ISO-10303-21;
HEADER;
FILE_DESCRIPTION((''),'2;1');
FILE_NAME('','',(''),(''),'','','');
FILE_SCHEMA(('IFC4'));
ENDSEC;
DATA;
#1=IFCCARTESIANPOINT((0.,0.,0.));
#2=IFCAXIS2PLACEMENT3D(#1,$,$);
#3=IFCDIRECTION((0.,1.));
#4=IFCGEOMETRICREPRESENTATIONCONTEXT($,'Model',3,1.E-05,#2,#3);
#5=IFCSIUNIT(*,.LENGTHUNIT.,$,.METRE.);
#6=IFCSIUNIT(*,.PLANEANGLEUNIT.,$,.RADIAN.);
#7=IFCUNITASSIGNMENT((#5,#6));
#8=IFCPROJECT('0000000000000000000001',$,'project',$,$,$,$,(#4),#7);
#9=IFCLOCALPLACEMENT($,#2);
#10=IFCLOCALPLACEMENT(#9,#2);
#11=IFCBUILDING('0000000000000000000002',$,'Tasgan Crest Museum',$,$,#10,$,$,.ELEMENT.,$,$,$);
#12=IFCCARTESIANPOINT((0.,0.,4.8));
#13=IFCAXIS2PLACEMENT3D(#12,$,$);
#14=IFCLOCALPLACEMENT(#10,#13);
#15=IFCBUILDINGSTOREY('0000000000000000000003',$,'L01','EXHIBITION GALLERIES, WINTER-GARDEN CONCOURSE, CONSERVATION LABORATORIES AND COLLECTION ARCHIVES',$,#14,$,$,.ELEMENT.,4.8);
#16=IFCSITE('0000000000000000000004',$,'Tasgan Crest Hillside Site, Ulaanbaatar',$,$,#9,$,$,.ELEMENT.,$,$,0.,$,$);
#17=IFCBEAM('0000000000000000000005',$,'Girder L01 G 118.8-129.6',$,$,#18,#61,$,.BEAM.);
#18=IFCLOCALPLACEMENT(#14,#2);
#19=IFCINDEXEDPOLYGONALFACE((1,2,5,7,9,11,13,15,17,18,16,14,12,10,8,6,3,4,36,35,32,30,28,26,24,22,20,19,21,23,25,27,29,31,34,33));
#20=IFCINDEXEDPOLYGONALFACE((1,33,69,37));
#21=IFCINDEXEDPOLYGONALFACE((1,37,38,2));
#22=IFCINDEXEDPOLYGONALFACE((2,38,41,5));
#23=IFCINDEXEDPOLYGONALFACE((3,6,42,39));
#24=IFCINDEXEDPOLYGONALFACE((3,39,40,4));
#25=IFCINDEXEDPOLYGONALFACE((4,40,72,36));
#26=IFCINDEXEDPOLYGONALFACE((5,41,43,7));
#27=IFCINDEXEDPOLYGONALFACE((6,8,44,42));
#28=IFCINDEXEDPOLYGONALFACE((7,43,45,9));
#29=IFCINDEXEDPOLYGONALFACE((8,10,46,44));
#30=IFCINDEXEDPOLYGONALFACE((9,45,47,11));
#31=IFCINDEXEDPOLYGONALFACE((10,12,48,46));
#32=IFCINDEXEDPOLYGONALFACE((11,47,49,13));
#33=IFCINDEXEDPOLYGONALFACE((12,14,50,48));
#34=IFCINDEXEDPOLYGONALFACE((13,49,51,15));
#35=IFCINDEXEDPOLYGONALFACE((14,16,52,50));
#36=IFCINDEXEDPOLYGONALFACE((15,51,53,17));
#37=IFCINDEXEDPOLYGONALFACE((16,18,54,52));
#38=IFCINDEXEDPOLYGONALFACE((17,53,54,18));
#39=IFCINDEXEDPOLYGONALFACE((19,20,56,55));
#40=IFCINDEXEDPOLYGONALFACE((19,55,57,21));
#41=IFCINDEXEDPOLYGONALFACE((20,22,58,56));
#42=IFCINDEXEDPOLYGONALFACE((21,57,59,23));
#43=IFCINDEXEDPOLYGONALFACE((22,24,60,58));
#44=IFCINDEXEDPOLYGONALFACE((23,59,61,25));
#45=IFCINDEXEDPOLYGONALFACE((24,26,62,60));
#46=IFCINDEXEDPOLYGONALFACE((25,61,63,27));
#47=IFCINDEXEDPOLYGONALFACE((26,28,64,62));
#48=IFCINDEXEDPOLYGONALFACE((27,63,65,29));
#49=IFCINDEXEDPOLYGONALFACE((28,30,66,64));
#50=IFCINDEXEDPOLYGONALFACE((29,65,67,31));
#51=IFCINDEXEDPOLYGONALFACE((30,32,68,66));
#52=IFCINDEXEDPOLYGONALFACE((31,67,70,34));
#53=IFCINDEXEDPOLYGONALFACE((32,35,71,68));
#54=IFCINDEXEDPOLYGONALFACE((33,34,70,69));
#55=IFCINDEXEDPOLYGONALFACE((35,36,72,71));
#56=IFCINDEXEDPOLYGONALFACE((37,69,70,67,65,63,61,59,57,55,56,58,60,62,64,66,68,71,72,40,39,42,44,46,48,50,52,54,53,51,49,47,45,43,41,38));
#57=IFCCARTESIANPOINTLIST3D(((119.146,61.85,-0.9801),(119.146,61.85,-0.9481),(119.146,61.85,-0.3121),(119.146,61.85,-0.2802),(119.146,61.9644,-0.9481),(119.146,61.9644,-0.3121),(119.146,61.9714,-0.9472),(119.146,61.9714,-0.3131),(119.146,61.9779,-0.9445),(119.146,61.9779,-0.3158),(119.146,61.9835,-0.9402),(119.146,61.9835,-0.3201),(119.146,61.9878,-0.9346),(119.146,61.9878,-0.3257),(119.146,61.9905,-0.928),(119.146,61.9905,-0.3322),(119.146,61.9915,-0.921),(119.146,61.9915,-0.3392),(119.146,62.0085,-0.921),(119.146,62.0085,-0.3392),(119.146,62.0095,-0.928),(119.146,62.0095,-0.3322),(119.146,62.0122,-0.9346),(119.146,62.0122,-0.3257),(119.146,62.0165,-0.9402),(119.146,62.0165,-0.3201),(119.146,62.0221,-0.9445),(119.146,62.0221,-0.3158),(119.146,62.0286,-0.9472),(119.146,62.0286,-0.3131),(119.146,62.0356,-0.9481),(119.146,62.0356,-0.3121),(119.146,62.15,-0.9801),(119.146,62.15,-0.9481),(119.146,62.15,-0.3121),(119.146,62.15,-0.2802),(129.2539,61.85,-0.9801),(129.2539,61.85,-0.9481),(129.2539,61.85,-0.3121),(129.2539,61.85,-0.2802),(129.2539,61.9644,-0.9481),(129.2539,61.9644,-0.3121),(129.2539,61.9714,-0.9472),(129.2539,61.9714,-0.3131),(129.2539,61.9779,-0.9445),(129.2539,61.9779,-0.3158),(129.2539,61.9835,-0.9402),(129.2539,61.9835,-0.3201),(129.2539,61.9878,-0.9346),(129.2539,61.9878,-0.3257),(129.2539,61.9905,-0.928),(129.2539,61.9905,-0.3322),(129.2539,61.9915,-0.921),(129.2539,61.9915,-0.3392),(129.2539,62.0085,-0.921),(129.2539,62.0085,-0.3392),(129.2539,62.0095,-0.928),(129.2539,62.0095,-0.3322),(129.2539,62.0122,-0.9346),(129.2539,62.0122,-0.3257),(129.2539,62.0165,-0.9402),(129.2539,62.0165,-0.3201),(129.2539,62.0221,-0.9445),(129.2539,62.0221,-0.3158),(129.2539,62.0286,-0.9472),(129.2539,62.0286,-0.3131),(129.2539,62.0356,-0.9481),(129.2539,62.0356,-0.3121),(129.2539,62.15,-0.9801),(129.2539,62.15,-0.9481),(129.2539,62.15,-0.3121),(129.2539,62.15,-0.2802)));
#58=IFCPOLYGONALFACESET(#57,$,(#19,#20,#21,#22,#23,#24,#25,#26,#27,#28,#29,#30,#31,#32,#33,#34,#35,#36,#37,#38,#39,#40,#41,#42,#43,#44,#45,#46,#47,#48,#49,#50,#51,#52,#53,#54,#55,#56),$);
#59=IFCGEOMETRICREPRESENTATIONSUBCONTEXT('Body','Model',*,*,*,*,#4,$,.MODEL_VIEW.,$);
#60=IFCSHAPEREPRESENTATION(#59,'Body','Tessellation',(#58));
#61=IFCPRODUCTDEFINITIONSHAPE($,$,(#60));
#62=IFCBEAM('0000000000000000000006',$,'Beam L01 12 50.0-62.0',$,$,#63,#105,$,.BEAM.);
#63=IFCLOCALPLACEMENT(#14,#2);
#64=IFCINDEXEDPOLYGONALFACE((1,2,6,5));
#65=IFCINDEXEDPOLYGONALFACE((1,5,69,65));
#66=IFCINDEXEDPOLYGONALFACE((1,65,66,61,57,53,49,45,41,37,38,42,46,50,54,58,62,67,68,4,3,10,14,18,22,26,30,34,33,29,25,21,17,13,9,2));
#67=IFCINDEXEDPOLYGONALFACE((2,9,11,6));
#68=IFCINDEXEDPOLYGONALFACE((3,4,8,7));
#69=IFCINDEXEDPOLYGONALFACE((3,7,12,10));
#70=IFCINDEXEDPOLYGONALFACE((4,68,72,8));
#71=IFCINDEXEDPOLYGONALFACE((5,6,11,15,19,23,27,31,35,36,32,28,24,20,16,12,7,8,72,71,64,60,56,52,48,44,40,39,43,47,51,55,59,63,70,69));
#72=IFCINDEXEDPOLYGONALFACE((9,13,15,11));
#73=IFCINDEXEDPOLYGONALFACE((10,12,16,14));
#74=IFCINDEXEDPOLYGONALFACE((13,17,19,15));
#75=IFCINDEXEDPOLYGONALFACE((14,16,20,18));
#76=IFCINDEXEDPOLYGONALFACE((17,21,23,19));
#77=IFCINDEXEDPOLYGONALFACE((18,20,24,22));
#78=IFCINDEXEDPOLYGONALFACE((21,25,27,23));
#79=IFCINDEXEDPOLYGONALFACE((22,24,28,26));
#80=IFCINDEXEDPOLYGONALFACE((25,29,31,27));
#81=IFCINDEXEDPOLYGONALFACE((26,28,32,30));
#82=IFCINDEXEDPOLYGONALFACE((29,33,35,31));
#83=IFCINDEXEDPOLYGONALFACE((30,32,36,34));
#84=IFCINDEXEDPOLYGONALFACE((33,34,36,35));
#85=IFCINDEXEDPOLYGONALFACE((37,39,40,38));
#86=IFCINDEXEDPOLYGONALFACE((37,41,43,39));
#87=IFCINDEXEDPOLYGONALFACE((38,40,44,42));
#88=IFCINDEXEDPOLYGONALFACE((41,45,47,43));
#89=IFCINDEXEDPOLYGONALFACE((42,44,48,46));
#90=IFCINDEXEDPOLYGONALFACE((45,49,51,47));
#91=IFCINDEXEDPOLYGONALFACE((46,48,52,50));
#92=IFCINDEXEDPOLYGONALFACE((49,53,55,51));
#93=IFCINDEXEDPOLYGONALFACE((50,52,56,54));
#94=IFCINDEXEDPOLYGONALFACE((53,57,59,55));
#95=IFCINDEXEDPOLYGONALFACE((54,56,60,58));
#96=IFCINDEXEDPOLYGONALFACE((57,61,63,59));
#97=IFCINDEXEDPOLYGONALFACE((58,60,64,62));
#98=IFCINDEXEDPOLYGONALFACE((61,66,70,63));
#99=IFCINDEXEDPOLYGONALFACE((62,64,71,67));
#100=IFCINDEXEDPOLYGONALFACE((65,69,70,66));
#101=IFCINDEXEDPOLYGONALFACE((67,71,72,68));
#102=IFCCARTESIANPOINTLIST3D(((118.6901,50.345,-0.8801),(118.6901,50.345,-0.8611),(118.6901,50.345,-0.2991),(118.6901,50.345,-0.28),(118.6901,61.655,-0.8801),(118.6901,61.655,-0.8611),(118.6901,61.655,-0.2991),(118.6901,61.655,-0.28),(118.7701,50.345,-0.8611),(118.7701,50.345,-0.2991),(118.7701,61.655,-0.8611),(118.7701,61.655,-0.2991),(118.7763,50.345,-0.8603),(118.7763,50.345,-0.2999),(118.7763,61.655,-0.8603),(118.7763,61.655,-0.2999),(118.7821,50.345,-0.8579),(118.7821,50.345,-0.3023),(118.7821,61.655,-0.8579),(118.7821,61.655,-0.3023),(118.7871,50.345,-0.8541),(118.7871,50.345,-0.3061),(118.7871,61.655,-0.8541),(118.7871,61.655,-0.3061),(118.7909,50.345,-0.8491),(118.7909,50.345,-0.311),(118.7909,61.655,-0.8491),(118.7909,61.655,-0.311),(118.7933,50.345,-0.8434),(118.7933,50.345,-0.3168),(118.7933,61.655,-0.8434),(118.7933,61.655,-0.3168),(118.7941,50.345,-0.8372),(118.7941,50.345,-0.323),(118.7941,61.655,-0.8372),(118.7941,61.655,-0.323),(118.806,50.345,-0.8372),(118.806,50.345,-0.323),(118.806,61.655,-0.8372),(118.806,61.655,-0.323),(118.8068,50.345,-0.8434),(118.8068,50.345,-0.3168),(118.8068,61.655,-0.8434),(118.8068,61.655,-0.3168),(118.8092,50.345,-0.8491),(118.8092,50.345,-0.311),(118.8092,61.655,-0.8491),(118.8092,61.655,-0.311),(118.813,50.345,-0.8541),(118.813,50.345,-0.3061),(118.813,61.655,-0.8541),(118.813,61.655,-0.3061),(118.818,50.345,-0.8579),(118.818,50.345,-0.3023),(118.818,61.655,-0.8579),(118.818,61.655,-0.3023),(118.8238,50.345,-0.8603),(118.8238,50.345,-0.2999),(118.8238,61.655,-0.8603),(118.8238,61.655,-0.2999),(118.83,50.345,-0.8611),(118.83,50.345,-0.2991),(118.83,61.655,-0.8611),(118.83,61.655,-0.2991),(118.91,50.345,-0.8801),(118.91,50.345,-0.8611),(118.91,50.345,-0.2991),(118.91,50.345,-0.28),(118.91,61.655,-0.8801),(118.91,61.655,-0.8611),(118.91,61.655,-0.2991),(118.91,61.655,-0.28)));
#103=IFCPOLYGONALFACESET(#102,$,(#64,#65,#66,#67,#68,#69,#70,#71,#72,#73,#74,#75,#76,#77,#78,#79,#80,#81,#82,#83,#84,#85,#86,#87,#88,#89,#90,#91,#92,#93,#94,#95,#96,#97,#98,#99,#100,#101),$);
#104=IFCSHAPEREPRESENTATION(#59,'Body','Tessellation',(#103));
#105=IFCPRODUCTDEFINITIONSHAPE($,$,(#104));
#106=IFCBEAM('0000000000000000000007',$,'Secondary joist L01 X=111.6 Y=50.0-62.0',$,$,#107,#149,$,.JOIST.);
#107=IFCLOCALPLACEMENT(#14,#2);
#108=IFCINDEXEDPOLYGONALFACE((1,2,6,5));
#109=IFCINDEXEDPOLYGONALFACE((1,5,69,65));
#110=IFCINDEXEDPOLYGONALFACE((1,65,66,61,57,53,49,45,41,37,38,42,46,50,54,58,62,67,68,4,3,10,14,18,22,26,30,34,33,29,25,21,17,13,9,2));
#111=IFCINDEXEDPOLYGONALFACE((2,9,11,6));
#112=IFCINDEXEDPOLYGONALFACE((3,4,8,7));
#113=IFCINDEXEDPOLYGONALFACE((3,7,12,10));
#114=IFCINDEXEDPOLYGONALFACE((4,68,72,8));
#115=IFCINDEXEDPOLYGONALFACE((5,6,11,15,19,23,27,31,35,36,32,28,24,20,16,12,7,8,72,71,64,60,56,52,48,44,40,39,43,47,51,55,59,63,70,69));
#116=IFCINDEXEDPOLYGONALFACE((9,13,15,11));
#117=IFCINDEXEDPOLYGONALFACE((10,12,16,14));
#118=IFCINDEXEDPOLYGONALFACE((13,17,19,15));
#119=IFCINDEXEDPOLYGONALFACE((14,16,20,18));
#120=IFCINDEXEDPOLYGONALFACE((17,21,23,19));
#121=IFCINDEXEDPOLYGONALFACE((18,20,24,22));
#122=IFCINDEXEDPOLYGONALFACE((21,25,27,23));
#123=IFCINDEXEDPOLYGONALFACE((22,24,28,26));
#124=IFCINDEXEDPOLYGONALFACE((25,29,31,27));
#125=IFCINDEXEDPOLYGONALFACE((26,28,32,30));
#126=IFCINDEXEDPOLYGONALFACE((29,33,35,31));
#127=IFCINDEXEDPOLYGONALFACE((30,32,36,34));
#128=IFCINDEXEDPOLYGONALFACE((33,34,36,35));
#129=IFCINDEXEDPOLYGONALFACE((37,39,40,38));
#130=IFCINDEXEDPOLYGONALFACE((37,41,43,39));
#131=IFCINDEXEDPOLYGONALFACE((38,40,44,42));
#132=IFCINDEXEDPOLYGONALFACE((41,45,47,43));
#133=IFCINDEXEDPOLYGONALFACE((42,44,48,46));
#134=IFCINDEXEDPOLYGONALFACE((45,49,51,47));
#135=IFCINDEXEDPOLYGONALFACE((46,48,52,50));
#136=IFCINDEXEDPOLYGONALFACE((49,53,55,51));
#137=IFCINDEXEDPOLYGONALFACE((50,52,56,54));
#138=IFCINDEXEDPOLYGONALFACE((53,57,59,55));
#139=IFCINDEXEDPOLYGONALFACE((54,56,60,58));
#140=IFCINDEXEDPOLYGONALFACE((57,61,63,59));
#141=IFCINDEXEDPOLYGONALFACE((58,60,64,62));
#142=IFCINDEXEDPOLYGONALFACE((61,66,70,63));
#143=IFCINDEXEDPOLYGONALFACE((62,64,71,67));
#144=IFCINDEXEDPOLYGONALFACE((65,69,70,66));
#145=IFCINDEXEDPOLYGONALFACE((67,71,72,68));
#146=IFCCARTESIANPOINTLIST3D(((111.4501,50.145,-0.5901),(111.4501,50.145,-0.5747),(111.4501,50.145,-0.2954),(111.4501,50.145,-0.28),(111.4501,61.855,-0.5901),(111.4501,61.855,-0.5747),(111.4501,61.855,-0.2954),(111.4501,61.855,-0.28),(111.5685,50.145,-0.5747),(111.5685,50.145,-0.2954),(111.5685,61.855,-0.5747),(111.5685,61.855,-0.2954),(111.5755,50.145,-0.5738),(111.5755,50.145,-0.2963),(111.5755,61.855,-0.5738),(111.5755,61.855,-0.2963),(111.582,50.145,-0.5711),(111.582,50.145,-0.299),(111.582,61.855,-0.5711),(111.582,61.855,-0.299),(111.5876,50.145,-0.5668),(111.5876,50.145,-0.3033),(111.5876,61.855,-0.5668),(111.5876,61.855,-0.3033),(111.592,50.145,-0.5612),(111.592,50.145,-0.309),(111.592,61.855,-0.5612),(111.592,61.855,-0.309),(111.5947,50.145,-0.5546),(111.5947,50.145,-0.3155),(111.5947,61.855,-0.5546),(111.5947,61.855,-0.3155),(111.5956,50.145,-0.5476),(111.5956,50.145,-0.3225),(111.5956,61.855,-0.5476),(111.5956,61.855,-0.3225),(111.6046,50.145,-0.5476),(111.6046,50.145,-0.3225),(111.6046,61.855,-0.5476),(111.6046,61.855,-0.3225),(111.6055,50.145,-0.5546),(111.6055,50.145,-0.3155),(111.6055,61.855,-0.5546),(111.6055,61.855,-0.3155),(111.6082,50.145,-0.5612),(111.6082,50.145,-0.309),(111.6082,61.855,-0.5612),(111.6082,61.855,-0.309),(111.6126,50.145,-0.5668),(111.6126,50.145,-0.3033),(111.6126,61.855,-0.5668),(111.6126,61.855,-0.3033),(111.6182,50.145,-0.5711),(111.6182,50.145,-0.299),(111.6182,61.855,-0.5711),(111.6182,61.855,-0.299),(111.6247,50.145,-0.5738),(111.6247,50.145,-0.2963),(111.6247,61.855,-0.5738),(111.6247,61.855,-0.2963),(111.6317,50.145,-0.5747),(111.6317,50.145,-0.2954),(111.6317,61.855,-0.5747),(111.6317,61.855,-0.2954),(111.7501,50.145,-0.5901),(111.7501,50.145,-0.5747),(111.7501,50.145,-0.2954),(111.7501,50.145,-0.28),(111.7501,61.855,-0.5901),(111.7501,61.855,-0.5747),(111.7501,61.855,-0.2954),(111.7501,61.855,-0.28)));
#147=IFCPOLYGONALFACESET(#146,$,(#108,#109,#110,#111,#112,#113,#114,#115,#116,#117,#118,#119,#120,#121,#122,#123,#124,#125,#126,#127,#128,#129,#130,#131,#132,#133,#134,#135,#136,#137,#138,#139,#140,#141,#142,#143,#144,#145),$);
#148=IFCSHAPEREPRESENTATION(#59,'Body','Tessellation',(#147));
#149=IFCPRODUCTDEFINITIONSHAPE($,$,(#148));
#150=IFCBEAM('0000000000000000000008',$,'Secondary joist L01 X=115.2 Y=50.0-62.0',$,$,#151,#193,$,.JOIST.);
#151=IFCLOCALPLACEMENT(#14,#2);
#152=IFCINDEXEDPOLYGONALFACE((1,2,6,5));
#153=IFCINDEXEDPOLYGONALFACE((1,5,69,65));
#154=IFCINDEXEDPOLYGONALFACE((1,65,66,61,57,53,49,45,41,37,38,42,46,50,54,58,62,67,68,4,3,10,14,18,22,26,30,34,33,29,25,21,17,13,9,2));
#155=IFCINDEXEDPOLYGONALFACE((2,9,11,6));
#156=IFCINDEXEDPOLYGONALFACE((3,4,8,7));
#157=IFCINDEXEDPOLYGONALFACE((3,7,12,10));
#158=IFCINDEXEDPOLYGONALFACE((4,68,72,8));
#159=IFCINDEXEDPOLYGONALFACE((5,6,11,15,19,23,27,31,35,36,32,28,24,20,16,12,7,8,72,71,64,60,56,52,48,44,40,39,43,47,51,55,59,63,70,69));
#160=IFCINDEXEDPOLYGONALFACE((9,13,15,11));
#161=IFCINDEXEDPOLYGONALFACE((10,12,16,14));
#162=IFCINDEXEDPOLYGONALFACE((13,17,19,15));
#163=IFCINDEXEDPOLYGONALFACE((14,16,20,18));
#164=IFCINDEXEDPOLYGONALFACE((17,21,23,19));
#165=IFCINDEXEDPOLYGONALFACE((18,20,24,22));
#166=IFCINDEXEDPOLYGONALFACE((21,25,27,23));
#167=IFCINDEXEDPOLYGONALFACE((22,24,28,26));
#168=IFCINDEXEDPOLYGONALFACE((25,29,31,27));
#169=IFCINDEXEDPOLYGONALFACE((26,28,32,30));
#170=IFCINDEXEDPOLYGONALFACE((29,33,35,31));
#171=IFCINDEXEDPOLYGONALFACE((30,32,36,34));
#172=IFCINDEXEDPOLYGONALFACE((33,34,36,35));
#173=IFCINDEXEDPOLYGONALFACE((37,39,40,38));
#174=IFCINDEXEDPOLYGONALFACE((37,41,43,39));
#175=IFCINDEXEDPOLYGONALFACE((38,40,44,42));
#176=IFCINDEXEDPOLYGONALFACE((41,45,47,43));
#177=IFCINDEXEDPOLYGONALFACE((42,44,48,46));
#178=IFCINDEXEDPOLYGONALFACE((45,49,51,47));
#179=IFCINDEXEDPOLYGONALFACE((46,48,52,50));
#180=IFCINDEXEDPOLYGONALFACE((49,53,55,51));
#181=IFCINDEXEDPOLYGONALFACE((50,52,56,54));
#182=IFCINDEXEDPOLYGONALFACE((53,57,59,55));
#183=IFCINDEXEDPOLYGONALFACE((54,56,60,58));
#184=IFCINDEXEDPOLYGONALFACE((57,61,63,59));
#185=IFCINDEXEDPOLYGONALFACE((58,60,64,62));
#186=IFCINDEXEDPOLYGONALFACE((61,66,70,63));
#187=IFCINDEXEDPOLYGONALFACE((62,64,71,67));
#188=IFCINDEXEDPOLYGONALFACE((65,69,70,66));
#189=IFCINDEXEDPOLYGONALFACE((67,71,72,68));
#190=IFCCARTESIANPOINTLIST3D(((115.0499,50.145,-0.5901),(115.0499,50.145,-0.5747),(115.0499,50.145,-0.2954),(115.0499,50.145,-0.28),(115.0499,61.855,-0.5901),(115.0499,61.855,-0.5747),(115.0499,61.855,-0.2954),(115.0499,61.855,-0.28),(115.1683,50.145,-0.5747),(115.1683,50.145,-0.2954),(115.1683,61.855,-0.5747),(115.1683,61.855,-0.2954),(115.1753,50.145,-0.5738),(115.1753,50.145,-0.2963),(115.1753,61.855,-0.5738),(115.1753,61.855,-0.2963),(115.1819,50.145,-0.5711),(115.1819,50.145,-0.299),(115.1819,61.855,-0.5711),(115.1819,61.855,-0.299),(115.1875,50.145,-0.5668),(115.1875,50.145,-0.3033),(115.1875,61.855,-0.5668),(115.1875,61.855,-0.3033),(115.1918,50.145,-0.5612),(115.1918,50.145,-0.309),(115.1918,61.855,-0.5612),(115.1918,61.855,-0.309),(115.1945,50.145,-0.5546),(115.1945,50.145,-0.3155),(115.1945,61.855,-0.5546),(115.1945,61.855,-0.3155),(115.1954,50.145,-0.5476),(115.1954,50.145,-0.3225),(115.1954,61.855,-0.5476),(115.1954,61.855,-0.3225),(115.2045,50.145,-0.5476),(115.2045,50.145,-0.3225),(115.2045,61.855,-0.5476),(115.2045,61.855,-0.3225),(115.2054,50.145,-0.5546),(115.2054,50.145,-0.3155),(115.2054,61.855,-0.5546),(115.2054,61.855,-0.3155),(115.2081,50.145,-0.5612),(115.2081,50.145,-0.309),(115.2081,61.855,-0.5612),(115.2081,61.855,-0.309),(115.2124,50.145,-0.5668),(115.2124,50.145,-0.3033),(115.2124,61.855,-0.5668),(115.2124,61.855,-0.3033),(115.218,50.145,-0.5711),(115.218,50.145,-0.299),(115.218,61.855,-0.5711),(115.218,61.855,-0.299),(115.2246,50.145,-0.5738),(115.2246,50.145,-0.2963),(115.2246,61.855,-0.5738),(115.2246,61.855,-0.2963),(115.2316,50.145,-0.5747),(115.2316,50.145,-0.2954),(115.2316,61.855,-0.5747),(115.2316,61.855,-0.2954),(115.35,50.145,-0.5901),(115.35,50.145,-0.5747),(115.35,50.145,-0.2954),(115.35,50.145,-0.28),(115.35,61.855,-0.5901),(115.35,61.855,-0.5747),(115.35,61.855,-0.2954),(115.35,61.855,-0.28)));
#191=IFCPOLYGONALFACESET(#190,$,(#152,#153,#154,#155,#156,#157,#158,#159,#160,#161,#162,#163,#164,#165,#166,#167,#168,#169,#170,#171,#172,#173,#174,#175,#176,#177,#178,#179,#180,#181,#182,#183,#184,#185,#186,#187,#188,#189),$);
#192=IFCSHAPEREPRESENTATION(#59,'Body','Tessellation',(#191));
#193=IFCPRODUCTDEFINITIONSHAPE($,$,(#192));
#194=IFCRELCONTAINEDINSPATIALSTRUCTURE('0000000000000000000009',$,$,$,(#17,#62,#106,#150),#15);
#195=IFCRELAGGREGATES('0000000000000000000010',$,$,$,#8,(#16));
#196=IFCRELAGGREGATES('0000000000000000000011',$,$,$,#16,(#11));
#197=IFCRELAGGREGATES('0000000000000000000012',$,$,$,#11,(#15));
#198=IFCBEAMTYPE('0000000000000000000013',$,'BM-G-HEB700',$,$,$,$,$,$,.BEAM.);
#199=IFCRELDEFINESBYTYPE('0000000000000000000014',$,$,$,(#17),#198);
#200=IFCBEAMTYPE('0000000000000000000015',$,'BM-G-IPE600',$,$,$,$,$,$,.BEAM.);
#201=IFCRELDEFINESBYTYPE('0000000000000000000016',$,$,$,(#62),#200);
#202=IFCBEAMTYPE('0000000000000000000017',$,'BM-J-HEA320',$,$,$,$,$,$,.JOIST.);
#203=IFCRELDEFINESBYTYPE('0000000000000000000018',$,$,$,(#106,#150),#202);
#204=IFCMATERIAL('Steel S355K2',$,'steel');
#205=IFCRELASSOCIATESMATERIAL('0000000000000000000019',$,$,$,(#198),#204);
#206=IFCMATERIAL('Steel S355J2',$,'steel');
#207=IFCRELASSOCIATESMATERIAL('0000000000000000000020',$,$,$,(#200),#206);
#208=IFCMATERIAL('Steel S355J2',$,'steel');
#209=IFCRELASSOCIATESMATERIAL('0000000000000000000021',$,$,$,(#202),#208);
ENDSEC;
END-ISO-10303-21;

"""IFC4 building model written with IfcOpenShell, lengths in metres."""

from ifc_helpers import new_model, si_unit, direction, frame, origin, origin_2d, place, context, subcontext, project, spatial, i_section, extrude, material, material_profile, profile_set, type_object, element, save


model = new_model("IFC4")

# Units and contexts
model_context = context("Model", 3, precision=1e-05, world=origin(), true_north=direction((0.0, 1.0)))
body_context = subcontext(model_context, "Body", "Model", "MODEL_VIEW")
ifc_project = project(units=[si_unit("LENGTHUNIT", "METRE"), si_unit("PLANEANGLEUNIT", "RADIAN")], contexts=[model_context])

# Site, building, storey
site_placement = place(None, origin())
site = spatial("IfcSite", under=ifc_project, at=site_placement, Name="Tasgan Crest Hillside Site, Ulaanbaatar", CompositionType="ELEMENT", RefElevation=0.0)
building_placement = place(site_placement, origin())
building = spatial("IfcBuilding", under=site, at=building_placement, Name="Tasgan Crest Museum", CompositionType="ELEMENT")
storey_placement = place(building_placement, frame((0.0, 0.0, 4.8)))
storey = spatial("IfcBuildingStorey", under=building, at=storey_placement, Name="L01", Description="EXHIBITION GALLERIES, WINTER-GARDEN CONCOURSE, CONSERVATION LABORATORIES AND COLLECTION ARCHIVES", CompositionType="ELEMENT", Elevation=4.8)

# Beams
ifc_material_1 = material(Name="Steel S355K2", Category="steel")
ifc_material_profile_1 = material_profile(ifc_material_1, i_section(OverallWidth=0.3, OverallDepth=0.7, WebThickness=0.0171, FlangeThickness=0.032, FilletRadius=0.0271, at=origin_2d()), Name="HEB 700")
ifc_profile_set_1 = profile_set([ifc_material_profile_1], Name="Steel S355K2")
beam_type_1 = type_object("IfcBeamType", Name="BM-G-HEB700", PredefinedType="BEAM", material=ifc_profile_set_1)
beam_1_placement = place(storey_placement, frame((119.146, 62.0, -0.6301), z_axis=(1.0, 0.0, 0.0), x_axis=(0.0, 1.0, 0.0)))
element("IfcBeam", 1, at=beam_1_placement, inside=storey, type_object=beam_type_1, Name="Girder L01 G 118.8-129.6", PredefinedType="BEAM", context=body_context, shape_type="SweptSolid", body=[
    extrude(i_section(OverallWidth=0.3, OverallDepth=0.7, WebThickness=0.0171, FlangeThickness=0.032, FilletRadius=0.0271, at=origin_2d()), origin(), (0.0, 0.0, 1.0), 10.1079),
])
ifc_material_2 = material(Name="Steel S355J2", Category="steel")
ifc_material_profile_2 = material_profile(ifc_material_2, i_section(OverallWidth=0.22, OverallDepth=0.6001, WebThickness=0.012, FlangeThickness=0.019, FilletRadius=0.0239, at=origin_2d()), Name="IPE 600")
ifc_profile_set_2 = profile_set([ifc_material_profile_2], Name="Steel S355J2")
beam_type_2 = type_object("IfcBeamType", Name="BM-G-IPE600", PredefinedType="BEAM", material=ifc_profile_set_2)
beam_2_placement = place(storey_placement, frame((118.8, 50.345, -0.5801), z_axis=(0.0, 1.0, 0.0), x_axis=(-1.0, 0.0, 0.0)))
element("IfcBeam", 2, at=beam_2_placement, inside=storey, type_object=beam_type_2, Name="Beam L01 12 50.0-62.0", PredefinedType="BEAM", context=body_context, shape_type="SweptSolid", body=[
    extrude(i_section(OverallWidth=0.22, OverallDepth=0.6001, WebThickness=0.012, FlangeThickness=0.019, FilletRadius=0.0239, at=origin_2d()), origin(), (0.0, 0.0, 1.0), 11.3101),
])
ifc_material_3 = material(Name="Steel S355J2", Category="steel")
ifc_material_profile_3 = material_profile(ifc_material_3, i_section(OverallWidth=0.3, OverallDepth=0.3101, WebThickness=0.009, FlangeThickness=0.0154, FilletRadius=0.0271, at=origin_2d()), Name="HEA 320")
ifc_profile_set_3 = profile_set([ifc_material_profile_3], Name="Steel S355J2")
beam_type_3 = type_object("IfcBeamType", Name="BM-J-HEA320", PredefinedType="JOIST", material=ifc_profile_set_3)
for number, where, z_axis, x_axis, name in (
    (3, (111.6001, 50.145, -0.4351), (0.0, 1.0, 0.0), (-1.0, 0.0, 0.0), "Secondary joist L01 X=111.6 Y=50.0-62.0"),
    (4, (115.2, 50.145, -0.4351), (0.0, 1.0, 0.0), (-1.0, 0.0, 0.0), "Secondary joist L01 X=115.2 Y=50.0-62.0"),
):
    element("IfcBeam", number, at=place(storey_placement, frame(where, z_axis=z_axis, x_axis=x_axis)), inside=storey, type_object=beam_type_3, Name=name, PredefinedType="JOIST", context=body_context, shape_type="SweptSolid", body=[
        extrude(i_section(OverallWidth=0.3, OverallDepth=0.3101, WebThickness=0.009, FlangeThickness=0.0154, FilletRadius=0.0271, at=origin_2d()), origin(), (0.0, 0.0, 1.0), 11.71),
    ])

save(model, "model.ifc")
